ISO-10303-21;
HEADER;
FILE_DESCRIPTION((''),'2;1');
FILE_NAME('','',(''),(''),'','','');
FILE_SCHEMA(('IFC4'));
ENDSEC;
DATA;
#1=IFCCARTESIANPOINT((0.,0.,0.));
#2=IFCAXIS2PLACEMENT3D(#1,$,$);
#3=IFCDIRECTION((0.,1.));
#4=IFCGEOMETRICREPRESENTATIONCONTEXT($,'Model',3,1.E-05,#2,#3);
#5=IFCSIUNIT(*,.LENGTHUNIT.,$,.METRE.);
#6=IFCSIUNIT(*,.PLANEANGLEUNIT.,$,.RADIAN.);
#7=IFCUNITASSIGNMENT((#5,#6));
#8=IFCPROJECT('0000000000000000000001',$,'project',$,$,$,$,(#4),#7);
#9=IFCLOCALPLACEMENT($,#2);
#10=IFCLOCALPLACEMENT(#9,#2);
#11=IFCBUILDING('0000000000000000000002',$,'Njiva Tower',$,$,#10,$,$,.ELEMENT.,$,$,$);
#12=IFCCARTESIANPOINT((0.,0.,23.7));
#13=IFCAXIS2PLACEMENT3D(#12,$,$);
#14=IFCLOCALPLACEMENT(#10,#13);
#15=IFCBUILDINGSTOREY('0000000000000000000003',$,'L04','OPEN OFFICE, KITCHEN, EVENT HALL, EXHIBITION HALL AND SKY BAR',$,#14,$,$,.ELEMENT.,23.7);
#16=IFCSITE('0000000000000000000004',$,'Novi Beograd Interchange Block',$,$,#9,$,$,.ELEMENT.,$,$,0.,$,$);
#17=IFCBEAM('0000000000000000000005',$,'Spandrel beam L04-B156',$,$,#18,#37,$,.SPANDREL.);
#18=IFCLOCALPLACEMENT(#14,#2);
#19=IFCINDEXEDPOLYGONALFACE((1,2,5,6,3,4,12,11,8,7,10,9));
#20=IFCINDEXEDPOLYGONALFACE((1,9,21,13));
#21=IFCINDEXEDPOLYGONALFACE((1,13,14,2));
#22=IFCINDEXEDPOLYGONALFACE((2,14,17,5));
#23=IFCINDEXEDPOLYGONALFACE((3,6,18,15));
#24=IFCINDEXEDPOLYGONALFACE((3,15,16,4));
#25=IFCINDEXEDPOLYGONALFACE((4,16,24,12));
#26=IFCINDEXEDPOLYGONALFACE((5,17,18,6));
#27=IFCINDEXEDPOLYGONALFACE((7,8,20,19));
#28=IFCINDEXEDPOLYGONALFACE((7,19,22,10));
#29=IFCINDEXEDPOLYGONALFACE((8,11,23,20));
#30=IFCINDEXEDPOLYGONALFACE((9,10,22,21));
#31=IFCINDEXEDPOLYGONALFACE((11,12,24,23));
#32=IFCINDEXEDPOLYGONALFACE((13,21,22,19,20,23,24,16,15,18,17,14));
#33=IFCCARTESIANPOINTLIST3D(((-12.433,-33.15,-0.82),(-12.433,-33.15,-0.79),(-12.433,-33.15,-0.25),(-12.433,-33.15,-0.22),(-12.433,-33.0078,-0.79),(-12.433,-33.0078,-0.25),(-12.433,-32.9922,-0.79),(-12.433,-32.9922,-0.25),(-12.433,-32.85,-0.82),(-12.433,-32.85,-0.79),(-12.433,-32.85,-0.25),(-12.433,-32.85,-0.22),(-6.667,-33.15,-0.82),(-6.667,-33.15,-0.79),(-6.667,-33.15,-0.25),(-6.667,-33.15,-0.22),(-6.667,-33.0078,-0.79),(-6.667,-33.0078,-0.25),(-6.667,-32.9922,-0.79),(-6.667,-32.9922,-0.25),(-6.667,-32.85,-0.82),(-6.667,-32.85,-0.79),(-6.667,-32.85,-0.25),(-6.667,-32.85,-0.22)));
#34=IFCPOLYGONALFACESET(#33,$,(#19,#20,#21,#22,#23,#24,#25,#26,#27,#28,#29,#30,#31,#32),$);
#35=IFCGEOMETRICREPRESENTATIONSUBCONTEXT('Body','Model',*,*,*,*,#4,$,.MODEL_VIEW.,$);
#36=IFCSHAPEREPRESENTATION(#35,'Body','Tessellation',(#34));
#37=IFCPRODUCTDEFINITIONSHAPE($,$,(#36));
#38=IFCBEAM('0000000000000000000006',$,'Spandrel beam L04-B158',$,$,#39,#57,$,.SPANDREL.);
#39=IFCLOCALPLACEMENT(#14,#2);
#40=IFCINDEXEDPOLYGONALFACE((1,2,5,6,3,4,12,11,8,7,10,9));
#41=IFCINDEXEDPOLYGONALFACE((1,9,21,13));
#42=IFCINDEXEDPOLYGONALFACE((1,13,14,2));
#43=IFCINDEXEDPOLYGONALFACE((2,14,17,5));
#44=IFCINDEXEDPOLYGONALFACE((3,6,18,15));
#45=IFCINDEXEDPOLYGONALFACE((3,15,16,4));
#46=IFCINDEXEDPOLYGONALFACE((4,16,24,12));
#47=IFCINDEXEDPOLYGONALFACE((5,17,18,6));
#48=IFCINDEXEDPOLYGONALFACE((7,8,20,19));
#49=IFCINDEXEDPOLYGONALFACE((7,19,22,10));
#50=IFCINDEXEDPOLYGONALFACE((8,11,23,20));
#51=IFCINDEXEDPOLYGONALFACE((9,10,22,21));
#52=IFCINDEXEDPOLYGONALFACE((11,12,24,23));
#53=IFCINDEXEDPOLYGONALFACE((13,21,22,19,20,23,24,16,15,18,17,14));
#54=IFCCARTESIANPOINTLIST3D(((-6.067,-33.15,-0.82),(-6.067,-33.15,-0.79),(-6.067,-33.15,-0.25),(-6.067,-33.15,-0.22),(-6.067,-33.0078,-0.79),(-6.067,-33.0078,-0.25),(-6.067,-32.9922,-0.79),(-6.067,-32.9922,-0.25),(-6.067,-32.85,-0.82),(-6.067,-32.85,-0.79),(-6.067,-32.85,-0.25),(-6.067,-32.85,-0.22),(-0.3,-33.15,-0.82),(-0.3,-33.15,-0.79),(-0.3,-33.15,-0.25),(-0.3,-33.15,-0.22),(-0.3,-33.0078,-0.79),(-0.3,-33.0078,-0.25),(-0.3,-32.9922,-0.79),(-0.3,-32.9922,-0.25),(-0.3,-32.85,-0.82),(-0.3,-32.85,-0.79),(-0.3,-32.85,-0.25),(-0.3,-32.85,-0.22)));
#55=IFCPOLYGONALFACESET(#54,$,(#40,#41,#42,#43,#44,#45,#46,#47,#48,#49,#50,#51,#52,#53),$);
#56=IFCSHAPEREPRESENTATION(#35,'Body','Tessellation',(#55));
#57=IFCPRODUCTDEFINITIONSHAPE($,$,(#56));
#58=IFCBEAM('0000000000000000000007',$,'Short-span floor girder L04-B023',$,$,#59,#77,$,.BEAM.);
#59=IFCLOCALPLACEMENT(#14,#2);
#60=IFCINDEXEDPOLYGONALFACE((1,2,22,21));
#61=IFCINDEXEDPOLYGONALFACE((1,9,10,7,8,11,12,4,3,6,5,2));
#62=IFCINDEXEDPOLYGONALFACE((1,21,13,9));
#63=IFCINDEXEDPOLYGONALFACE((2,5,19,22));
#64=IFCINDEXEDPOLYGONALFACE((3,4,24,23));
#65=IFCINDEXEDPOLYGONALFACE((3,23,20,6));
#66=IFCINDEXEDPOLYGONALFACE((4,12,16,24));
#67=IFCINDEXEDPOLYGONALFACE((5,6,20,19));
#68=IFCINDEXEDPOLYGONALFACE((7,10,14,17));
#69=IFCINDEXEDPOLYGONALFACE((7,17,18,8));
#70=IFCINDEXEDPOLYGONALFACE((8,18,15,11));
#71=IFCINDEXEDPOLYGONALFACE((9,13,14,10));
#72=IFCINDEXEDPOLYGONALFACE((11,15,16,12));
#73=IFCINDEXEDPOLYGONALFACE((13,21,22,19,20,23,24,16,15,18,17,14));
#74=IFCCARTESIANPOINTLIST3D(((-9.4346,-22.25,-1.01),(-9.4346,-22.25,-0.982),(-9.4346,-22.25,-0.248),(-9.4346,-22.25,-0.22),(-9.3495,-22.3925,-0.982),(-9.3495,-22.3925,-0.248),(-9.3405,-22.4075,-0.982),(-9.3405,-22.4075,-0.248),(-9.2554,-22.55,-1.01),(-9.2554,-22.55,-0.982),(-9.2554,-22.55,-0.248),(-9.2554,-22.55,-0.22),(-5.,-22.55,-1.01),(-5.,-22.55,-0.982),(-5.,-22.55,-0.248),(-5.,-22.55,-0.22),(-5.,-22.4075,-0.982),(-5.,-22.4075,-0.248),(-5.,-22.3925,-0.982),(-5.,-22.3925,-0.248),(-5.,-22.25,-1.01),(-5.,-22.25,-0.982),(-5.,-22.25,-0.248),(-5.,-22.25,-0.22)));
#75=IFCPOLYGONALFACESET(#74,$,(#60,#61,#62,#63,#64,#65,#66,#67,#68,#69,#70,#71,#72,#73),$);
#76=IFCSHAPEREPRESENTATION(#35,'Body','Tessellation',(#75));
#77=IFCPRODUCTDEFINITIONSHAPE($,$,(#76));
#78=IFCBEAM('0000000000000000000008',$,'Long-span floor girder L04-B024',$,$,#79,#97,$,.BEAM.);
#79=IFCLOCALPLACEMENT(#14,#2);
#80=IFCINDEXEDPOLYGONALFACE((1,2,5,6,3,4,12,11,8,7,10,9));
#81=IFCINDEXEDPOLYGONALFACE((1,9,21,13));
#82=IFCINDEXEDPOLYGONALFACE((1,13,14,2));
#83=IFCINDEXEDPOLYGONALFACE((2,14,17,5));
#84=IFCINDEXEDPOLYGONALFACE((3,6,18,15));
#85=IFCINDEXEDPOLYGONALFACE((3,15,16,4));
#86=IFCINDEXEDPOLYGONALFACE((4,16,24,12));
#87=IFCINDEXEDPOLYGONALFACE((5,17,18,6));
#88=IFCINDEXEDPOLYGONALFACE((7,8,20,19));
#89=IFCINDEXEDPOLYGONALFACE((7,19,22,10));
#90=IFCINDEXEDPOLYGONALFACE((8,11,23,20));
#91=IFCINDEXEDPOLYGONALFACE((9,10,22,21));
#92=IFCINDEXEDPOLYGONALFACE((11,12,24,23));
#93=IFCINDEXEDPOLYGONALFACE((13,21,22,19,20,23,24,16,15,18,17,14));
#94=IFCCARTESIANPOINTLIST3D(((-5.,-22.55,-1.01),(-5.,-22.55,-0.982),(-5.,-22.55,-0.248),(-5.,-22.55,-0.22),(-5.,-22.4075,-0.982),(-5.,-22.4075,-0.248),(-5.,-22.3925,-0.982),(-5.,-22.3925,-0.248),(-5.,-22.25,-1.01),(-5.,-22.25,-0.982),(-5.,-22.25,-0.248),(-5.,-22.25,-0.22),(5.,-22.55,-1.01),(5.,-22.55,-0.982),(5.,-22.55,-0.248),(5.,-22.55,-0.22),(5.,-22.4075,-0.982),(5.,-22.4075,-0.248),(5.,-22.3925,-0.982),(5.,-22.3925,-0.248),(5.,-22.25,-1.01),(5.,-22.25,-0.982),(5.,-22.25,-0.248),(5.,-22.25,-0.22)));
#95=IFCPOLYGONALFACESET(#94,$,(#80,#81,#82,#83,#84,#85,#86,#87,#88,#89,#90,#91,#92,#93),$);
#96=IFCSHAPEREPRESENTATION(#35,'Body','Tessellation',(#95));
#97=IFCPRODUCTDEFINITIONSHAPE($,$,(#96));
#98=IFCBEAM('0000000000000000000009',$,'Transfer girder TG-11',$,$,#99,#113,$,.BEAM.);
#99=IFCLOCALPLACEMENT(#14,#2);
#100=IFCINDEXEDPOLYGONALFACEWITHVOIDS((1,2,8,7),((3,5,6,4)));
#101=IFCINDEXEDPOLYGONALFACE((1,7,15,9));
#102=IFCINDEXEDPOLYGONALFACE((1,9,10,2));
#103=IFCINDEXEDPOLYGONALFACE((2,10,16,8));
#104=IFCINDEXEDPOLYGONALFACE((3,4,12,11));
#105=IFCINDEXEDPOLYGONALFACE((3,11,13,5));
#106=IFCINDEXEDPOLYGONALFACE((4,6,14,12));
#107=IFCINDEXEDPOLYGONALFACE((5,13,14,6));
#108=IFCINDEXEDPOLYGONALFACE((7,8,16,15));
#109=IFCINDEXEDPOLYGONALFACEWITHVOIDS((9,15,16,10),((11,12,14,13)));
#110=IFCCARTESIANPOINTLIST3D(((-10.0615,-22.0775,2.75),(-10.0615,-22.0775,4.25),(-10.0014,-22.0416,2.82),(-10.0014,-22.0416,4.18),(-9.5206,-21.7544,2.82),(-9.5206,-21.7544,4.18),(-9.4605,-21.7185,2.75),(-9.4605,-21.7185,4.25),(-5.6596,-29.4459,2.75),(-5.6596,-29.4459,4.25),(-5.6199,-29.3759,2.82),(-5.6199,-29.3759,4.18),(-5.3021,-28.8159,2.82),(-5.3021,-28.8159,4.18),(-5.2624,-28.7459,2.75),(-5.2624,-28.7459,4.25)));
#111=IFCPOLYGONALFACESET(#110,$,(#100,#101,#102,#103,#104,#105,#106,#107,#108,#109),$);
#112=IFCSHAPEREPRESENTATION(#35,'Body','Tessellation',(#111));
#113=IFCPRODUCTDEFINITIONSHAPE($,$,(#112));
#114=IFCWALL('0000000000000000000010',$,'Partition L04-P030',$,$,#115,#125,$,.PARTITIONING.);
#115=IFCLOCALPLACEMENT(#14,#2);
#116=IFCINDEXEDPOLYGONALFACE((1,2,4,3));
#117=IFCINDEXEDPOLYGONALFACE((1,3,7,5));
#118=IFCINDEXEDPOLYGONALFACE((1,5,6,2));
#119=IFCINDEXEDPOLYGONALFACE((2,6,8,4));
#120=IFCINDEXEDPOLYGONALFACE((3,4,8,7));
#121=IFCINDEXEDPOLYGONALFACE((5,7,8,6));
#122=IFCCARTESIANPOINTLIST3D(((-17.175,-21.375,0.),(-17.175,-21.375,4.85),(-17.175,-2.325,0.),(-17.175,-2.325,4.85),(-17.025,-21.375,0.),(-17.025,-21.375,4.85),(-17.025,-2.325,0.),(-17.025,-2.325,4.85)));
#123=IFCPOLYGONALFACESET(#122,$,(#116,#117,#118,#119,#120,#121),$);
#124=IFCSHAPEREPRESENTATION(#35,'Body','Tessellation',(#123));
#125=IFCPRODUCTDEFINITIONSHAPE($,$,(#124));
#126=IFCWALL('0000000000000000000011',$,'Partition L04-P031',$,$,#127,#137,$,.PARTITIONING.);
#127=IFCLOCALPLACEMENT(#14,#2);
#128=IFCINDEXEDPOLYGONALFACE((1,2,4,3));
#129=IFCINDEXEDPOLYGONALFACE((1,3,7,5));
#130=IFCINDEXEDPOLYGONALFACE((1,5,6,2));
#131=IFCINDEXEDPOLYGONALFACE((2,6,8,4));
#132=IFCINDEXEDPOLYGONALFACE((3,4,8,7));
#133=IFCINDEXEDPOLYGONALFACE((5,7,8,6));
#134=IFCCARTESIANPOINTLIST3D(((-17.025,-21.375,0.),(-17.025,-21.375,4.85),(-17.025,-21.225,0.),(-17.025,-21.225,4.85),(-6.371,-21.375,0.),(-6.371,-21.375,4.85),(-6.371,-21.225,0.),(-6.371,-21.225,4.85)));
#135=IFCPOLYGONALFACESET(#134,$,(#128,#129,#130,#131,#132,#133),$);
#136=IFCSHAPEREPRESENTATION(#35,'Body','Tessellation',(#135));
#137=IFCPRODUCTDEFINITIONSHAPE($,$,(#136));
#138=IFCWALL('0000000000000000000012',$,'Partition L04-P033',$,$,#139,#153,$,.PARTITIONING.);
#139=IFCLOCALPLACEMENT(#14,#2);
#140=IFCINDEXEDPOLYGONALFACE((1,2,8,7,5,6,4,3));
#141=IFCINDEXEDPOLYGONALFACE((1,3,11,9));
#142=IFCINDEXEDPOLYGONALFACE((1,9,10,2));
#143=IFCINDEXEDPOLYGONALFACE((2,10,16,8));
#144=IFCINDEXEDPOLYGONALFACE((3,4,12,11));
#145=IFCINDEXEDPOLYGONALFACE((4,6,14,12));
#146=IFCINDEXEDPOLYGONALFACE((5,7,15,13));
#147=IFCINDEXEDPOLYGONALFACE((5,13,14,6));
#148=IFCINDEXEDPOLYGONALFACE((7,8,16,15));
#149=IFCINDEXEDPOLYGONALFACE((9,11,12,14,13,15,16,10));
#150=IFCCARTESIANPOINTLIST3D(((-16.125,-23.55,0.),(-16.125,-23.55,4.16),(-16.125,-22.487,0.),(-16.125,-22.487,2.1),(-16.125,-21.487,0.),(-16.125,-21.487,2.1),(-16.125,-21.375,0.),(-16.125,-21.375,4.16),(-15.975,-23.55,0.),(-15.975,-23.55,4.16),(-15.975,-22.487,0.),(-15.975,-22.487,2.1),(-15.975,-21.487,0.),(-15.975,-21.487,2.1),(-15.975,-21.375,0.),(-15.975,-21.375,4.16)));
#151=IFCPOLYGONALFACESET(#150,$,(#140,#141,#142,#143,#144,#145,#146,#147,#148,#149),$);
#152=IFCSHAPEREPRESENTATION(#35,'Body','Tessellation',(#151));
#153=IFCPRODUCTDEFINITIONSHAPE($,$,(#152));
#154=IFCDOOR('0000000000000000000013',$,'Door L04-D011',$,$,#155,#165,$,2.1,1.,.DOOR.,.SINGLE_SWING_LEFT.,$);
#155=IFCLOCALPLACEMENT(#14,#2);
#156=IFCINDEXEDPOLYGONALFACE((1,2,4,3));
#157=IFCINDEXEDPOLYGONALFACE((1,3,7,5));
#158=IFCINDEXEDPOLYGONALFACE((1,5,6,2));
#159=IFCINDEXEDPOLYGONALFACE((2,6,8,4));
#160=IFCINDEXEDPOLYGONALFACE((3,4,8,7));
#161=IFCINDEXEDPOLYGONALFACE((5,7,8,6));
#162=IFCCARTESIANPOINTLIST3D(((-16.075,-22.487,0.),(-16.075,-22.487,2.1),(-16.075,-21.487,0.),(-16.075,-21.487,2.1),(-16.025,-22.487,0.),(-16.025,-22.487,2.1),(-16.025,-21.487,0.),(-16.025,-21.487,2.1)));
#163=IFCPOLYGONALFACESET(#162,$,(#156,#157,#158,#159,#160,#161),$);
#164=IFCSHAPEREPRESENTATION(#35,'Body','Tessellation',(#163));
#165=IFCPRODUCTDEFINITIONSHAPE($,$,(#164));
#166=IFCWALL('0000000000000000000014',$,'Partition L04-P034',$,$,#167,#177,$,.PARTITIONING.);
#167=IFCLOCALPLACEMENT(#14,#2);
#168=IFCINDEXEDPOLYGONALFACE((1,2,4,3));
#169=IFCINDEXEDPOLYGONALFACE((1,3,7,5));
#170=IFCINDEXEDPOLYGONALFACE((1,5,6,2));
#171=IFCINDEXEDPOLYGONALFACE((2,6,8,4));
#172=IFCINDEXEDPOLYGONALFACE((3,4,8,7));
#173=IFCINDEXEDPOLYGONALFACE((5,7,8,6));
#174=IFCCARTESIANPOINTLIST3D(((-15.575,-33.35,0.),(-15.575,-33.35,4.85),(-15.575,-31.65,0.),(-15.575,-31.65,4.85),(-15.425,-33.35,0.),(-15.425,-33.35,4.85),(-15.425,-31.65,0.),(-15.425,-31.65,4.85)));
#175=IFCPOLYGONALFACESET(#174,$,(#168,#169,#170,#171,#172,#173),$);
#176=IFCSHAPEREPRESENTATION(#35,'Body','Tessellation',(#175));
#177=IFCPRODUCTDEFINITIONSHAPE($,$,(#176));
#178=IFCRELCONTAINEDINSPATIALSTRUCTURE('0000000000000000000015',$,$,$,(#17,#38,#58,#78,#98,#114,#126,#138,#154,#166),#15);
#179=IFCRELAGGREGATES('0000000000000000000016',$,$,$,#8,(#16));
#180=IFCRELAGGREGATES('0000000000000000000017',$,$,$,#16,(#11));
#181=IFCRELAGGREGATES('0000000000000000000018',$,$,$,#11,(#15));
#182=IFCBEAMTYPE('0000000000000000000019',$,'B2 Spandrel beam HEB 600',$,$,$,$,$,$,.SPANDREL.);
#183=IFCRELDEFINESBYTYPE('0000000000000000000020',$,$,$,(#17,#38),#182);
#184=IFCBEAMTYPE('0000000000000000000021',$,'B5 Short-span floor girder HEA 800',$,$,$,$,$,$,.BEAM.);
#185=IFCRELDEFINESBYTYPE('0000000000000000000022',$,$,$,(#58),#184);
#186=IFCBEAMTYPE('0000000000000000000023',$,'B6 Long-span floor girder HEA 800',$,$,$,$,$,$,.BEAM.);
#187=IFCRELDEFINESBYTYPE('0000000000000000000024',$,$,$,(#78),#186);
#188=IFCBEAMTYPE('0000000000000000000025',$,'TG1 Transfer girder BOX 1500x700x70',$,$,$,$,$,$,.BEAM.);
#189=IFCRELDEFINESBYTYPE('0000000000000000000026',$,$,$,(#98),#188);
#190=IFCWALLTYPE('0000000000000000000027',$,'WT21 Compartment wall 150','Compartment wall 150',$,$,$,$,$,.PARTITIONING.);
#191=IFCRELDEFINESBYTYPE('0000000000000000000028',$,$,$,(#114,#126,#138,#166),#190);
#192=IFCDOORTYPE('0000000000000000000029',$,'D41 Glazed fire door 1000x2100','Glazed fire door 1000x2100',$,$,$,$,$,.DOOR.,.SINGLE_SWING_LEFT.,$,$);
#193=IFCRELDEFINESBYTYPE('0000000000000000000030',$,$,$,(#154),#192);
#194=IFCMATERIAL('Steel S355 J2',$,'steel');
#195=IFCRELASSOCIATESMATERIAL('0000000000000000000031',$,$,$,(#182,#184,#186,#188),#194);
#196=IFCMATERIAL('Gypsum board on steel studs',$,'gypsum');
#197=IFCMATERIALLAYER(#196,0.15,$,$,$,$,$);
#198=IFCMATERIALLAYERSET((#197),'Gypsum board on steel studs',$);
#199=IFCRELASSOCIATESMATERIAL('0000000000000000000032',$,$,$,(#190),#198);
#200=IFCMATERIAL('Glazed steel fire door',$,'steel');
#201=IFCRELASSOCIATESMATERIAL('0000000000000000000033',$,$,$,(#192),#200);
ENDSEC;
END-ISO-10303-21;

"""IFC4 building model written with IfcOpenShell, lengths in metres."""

from ifc_helpers import new_model, si_unit, direction, frame, frame_2d, origin, origin_2d, place, context, subcontext, project, spatial, rectangle, hollow_rectangle, i_section, extrude, clip, halfspace, material, layer, layer_set, material_profile, profile_set, type_object, element, fill, save


model = new_model("IFC4")

# Units and contexts
model_context = context("Model", 3, precision=1e-05, world=origin(), true_north=direction((0.0, 1.0)))
body_context = subcontext(model_context, "Body", "Model", "MODEL_VIEW")
ifc_project = project(units=[si_unit("LENGTHUNIT", "METRE"), si_unit("PLANEANGLEUNIT", "RADIAN")], contexts=[model_context])

# Site, building, storey
site_placement = place(None, origin())
site = spatial("IfcSite", under=ifc_project, at=site_placement, Name="Novi Beograd Interchange Block", CompositionType="ELEMENT", RefElevation=0.0)
building_placement = place(site_placement, origin())
building = spatial("IfcBuilding", under=site, at=building_placement, Name="Njiva Tower", CompositionType="ELEMENT")
storey_placement = place(building_placement, frame((0.0, 0.0, 23.7)))
storey = spatial("IfcBuildingStorey", under=building, at=storey_placement, Name="L04", Description="OPEN OFFICE, KITCHEN, EVENT HALL, EXHIBITION HALL AND SKY BAR", CompositionType="ELEMENT", Elevation=23.7)

# Shared definitions
ifc_material_1 = material(Name="Steel S355 J2", Category="steel")

# Beams
ifc_material_profile_1 = material_profile(ifc_material_1, i_section(OverallWidth=0.3, OverallDepth=0.6, WebThickness=0.0155, FlangeThickness=0.03, at=origin_2d()), Name="HEB 600")
ifc_profile_set_1 = profile_set([ifc_material_profile_1], Name="Steel S355 J2")
beam_type_1 = type_object("IfcBeamType", Name="B2 Spandrel beam HEB 600", PredefinedType="SPANDREL", material=ifc_profile_set_1)
beam_1_placement = place(storey_placement, frame((-12.433, -33.0, -0.52), z_axis=(1.0, 0.0, 0.0), x_axis=(0.0, 1.0, 0.0)))
element("IfcBeam", 1, at=beam_1_placement, inside=storey, type_object=beam_type_1, Name="Spandrel beam L04-B156", PredefinedType="SPANDREL", context=body_context, shape_type="SweptSolid", body=[
    extrude(i_section(OverallWidth=0.3, OverallDepth=0.6, WebThickness=0.0155, FlangeThickness=0.03, at=origin_2d()), origin(), (0.0, 0.0, 1.0), 5.766),
])
beam_2_placement = place(storey_placement, frame((-6.067, -33.0, -0.52), z_axis=(1.0, 0.0, 0.0), x_axis=(0.0, 1.0, 0.0)))
element("IfcBeam", 2, at=beam_2_placement, inside=storey, type_object=beam_type_1, Name="Spandrel beam L04-B158", PredefinedType="SPANDREL", context=body_context, shape_type="SweptSolid", body=[
    extrude(i_section(OverallWidth=0.3, OverallDepth=0.6, WebThickness=0.0155, FlangeThickness=0.03, at=origin_2d()), origin(), (0.0, 0.0, 1.0), 5.767),
])
ifc_material_profile_2 = material_profile(ifc_material_1, i_section(OverallWidth=0.3, OverallDepth=0.79, WebThickness=0.015, FlangeThickness=0.028, at=origin_2d()), Name="HEA 800")
ifc_profile_set_2 = profile_set([ifc_material_profile_2], Name="Steel S355 J2")
beam_type_2 = type_object("IfcBeamType", Name="B5 Short-span floor girder HEA 800", PredefinedType="BEAM", material=ifc_profile_set_2)
beam_3_placement = place(storey_placement, frame((-9.455, -22.4, -0.615), z_axis=(1.0, 0.0, 0.0), x_axis=(0.0, 1.0, 0.0)))
element("IfcBeam", 3, at=beam_3_placement, inside=storey, type_object=beam_type_2, Name="Short-span floor girder L04-B023", PredefinedType="BEAM", context=body_context, shape_type="Clipping", body=[
    clip(extrude(i_section(OverallWidth=0.3, OverallDepth=0.79, WebThickness=0.015, FlangeThickness=0.028, at=origin_2d()), origin(), (0.0, 0.0, 1.0), 4.455), halfspace(frame((-0.0256, 0.0, 0.1253), z_axis=(-0.512842, 0.0, -0.858483), x_axis=(0.0, -1.0, 0.0)), False)),
])
ifc_material_profile_3 = material_profile(ifc_material_1, i_section(OverallWidth=0.3, OverallDepth=0.79, WebThickness=0.015, FlangeThickness=0.028, at=origin_2d()), Name="HEA 800")
ifc_profile_set_3 = profile_set([ifc_material_profile_3], Name="Steel S355 J2")
beam_type_3 = type_object("IfcBeamType", Name="B6 Long-span floor girder HEA 800", PredefinedType="BEAM", material=ifc_profile_set_3)
beam_4_placement = place(storey_placement, frame((-5.0, -22.4, -0.615), z_axis=(1.0, 0.0, 0.0), x_axis=(0.0, 1.0, 0.0)))
element("IfcBeam", 4, at=beam_4_placement, inside=storey, type_object=beam_type_3, Name="Long-span floor girder L04-B024", PredefinedType="BEAM", context=body_context, shape_type="SweptSolid", body=[
    extrude(i_section(OverallWidth=0.3, OverallDepth=0.79, WebThickness=0.015, FlangeThickness=0.028, at=origin_2d()), origin(), (0.0, 0.0, 1.0), 10.0),
])
ifc_material_profile_4 = material_profile(ifc_material_1, hollow_rectangle(XDim=0.7, YDim=1.5, WallThickness=0.07, at=origin_2d()), Name="BOX 1500x700x70")
ifc_profile_set_4 = profile_set([ifc_material_profile_4], Name="Steel S355 J2")
beam_type_4 = type_object("IfcBeamType", Name="TG1 Transfer girder BOX 1500x700x70", PredefinedType="BEAM", material=ifc_profile_set_4)
beam_5_placement = place(storey_placement, frame((-9.761, -21.898, 3.5), z_axis=(0.512846, -0.858481, 0.0), x_axis=(0.858481, 0.512846, 0.0)))
element("IfcBeam", 5, at=beam_5_placement, inside=storey, type_object=beam_type_4, Name="Transfer girder TG-11", PredefinedType="BEAM", context=body_context, shape_type="Clipping", body=[
    clip(extrude(hollow_rectangle(XDim=0.7, YDim=1.5, WallThickness=0.07, at=origin_2d()), origin(), (0.0, 0.0, 1.0), 8.6136), halfspace(frame((-0.0005, 0.0, 8.3848), z_axis=(0.493529, 0.0, 0.869729), x_axis=(0.0, 1.0, 0.0)), False)),
])

# Walls
ifc_material_2 = material(Name="Gypsum board on steel studs", Category="gypsum")
ifc_layer_1 = layer(ifc_material_2, 0.15)
ifc_layer_set_1 = layer_set([ifc_layer_1], Name="Gypsum board on steel studs")
wall_type_1 = type_object("IfcWallType", Name="WT21 Compartment wall 150", Description="Compartment wall 150", PredefinedType="PARTITIONING", material=ifc_layer_set_1)
wall_1_placement = place(storey_placement, frame((-17.1, -21.375, 0.0), z_axis=(0.0, 0.0, 1.0), x_axis=(0.0, 1.0, 0.0)))
element("IfcWall", 6, at=wall_1_placement, inside=storey, type_object=wall_type_1, Name="Partition L04-P030", PredefinedType="PARTITIONING", context=body_context, shape_type="SweptSolid", body=[
    extrude(rectangle(XDim=19.05, YDim=0.15, at=frame_2d((9.525, 0.0))), origin(), (0.0, 0.0, 1.0), 4.85),
])
wall_2_placement = place(storey_placement, frame((-17.025, -21.3, 0.0), z_axis=(0.0, 0.0, 1.0), x_axis=(1.0, 0.0, 0.0)))
element("IfcWall", 7, at=wall_2_placement, inside=storey, type_object=wall_type_1, Name="Partition L04-P031", PredefinedType="PARTITIONING", context=body_context, shape_type="SweptSolid", body=[
    extrude(rectangle(XDim=10.654, YDim=0.15, at=frame_2d((5.327, 0.0))), origin(), (0.0, 0.0, 1.0), 4.85),
])

# Wall, opening, door
wall_3_placement = place(storey_placement, frame((-16.05, -23.55, 0.0), z_axis=(0.0, 0.0, 1.0), x_axis=(0.0, 1.0, 0.0)))
wall_3 = element("IfcWall", 8, at=wall_3_placement, inside=storey, type_object=wall_type_1, Name="Partition L04-P033", PredefinedType="PARTITIONING", context=body_context, shape_type="SweptSolid", body=[
    extrude(rectangle(XDim=2.175, YDim=0.15, at=frame_2d((1.0875, 0.0))), origin(), (0.0, 0.0, 1.0), 4.16),
])
opening_1_placement = place(wall_3_placement, frame((1.063, 0.0, 0.0)))
opening_1 = element("IfcOpeningElement", 9, at=opening_1_placement, cuts=wall_3, PredefinedType="OPENING", context=body_context, shape_type="SweptSolid", body=[
    extrude(rectangle(XDim=1.0, YDim=2.1, at=frame_2d((0.5, 1.05))), frame((0.0, 0.085, 0.0), z_axis=(0.0, -1.0, 0.0), x_axis=(1.0, 0.0, 0.0)), (0.0, 0.0, 1.0), 0.17),
])
ifc_material_3 = material(Name="Glazed steel fire door", Category="steel")
door_type_1 = type_object("IfcDoorType", Name="D41 Glazed fire door 1000x2100", Description="Glazed fire door 1000x2100", OperationType="SINGLE_SWING_LEFT", PredefinedType="DOOR", material=ifc_material_3)
door_1_placement = place(opening_1_placement, origin())
door_1 = element("IfcDoor", 10, at=door_1_placement, inside=storey, type_object=door_type_1, Name="Door L04-D011", OperationType="SINGLE_SWING_LEFT", OverallHeight=2.1, OverallWidth=1.0, PredefinedType="DOOR", context=body_context, shape_type="SweptSolid", body=[
    extrude(rectangle(XDim=1.0, YDim=2.1, at=frame_2d((0.5, 1.05))), frame((0.0, 0.025, 0.0), z_axis=(0.0, -1.0, 0.0), x_axis=(1.0, 0.0, 0.0)), (0.0, 0.0, 1.0), 0.05),
])
fill(opening_1, door_1)

# Wall
wall_4_placement = place(storey_placement, frame((-15.5, -33.35, 0.0), z_axis=(0.0, 0.0, 1.0), x_axis=(0.0, 1.0, 0.0)))
element("IfcWall", 11, at=wall_4_placement, inside=storey, type_object=wall_type_1, Name="Partition L04-P034", PredefinedType="PARTITIONING", context=body_context, shape_type="SweptSolid", body=[
    extrude(rectangle(XDim=1.7, YDim=0.15, at=frame_2d((0.85, 0.0))), origin(), (0.0, 0.0, 1.0), 4.85),
])

save(model, "model.ifc")
